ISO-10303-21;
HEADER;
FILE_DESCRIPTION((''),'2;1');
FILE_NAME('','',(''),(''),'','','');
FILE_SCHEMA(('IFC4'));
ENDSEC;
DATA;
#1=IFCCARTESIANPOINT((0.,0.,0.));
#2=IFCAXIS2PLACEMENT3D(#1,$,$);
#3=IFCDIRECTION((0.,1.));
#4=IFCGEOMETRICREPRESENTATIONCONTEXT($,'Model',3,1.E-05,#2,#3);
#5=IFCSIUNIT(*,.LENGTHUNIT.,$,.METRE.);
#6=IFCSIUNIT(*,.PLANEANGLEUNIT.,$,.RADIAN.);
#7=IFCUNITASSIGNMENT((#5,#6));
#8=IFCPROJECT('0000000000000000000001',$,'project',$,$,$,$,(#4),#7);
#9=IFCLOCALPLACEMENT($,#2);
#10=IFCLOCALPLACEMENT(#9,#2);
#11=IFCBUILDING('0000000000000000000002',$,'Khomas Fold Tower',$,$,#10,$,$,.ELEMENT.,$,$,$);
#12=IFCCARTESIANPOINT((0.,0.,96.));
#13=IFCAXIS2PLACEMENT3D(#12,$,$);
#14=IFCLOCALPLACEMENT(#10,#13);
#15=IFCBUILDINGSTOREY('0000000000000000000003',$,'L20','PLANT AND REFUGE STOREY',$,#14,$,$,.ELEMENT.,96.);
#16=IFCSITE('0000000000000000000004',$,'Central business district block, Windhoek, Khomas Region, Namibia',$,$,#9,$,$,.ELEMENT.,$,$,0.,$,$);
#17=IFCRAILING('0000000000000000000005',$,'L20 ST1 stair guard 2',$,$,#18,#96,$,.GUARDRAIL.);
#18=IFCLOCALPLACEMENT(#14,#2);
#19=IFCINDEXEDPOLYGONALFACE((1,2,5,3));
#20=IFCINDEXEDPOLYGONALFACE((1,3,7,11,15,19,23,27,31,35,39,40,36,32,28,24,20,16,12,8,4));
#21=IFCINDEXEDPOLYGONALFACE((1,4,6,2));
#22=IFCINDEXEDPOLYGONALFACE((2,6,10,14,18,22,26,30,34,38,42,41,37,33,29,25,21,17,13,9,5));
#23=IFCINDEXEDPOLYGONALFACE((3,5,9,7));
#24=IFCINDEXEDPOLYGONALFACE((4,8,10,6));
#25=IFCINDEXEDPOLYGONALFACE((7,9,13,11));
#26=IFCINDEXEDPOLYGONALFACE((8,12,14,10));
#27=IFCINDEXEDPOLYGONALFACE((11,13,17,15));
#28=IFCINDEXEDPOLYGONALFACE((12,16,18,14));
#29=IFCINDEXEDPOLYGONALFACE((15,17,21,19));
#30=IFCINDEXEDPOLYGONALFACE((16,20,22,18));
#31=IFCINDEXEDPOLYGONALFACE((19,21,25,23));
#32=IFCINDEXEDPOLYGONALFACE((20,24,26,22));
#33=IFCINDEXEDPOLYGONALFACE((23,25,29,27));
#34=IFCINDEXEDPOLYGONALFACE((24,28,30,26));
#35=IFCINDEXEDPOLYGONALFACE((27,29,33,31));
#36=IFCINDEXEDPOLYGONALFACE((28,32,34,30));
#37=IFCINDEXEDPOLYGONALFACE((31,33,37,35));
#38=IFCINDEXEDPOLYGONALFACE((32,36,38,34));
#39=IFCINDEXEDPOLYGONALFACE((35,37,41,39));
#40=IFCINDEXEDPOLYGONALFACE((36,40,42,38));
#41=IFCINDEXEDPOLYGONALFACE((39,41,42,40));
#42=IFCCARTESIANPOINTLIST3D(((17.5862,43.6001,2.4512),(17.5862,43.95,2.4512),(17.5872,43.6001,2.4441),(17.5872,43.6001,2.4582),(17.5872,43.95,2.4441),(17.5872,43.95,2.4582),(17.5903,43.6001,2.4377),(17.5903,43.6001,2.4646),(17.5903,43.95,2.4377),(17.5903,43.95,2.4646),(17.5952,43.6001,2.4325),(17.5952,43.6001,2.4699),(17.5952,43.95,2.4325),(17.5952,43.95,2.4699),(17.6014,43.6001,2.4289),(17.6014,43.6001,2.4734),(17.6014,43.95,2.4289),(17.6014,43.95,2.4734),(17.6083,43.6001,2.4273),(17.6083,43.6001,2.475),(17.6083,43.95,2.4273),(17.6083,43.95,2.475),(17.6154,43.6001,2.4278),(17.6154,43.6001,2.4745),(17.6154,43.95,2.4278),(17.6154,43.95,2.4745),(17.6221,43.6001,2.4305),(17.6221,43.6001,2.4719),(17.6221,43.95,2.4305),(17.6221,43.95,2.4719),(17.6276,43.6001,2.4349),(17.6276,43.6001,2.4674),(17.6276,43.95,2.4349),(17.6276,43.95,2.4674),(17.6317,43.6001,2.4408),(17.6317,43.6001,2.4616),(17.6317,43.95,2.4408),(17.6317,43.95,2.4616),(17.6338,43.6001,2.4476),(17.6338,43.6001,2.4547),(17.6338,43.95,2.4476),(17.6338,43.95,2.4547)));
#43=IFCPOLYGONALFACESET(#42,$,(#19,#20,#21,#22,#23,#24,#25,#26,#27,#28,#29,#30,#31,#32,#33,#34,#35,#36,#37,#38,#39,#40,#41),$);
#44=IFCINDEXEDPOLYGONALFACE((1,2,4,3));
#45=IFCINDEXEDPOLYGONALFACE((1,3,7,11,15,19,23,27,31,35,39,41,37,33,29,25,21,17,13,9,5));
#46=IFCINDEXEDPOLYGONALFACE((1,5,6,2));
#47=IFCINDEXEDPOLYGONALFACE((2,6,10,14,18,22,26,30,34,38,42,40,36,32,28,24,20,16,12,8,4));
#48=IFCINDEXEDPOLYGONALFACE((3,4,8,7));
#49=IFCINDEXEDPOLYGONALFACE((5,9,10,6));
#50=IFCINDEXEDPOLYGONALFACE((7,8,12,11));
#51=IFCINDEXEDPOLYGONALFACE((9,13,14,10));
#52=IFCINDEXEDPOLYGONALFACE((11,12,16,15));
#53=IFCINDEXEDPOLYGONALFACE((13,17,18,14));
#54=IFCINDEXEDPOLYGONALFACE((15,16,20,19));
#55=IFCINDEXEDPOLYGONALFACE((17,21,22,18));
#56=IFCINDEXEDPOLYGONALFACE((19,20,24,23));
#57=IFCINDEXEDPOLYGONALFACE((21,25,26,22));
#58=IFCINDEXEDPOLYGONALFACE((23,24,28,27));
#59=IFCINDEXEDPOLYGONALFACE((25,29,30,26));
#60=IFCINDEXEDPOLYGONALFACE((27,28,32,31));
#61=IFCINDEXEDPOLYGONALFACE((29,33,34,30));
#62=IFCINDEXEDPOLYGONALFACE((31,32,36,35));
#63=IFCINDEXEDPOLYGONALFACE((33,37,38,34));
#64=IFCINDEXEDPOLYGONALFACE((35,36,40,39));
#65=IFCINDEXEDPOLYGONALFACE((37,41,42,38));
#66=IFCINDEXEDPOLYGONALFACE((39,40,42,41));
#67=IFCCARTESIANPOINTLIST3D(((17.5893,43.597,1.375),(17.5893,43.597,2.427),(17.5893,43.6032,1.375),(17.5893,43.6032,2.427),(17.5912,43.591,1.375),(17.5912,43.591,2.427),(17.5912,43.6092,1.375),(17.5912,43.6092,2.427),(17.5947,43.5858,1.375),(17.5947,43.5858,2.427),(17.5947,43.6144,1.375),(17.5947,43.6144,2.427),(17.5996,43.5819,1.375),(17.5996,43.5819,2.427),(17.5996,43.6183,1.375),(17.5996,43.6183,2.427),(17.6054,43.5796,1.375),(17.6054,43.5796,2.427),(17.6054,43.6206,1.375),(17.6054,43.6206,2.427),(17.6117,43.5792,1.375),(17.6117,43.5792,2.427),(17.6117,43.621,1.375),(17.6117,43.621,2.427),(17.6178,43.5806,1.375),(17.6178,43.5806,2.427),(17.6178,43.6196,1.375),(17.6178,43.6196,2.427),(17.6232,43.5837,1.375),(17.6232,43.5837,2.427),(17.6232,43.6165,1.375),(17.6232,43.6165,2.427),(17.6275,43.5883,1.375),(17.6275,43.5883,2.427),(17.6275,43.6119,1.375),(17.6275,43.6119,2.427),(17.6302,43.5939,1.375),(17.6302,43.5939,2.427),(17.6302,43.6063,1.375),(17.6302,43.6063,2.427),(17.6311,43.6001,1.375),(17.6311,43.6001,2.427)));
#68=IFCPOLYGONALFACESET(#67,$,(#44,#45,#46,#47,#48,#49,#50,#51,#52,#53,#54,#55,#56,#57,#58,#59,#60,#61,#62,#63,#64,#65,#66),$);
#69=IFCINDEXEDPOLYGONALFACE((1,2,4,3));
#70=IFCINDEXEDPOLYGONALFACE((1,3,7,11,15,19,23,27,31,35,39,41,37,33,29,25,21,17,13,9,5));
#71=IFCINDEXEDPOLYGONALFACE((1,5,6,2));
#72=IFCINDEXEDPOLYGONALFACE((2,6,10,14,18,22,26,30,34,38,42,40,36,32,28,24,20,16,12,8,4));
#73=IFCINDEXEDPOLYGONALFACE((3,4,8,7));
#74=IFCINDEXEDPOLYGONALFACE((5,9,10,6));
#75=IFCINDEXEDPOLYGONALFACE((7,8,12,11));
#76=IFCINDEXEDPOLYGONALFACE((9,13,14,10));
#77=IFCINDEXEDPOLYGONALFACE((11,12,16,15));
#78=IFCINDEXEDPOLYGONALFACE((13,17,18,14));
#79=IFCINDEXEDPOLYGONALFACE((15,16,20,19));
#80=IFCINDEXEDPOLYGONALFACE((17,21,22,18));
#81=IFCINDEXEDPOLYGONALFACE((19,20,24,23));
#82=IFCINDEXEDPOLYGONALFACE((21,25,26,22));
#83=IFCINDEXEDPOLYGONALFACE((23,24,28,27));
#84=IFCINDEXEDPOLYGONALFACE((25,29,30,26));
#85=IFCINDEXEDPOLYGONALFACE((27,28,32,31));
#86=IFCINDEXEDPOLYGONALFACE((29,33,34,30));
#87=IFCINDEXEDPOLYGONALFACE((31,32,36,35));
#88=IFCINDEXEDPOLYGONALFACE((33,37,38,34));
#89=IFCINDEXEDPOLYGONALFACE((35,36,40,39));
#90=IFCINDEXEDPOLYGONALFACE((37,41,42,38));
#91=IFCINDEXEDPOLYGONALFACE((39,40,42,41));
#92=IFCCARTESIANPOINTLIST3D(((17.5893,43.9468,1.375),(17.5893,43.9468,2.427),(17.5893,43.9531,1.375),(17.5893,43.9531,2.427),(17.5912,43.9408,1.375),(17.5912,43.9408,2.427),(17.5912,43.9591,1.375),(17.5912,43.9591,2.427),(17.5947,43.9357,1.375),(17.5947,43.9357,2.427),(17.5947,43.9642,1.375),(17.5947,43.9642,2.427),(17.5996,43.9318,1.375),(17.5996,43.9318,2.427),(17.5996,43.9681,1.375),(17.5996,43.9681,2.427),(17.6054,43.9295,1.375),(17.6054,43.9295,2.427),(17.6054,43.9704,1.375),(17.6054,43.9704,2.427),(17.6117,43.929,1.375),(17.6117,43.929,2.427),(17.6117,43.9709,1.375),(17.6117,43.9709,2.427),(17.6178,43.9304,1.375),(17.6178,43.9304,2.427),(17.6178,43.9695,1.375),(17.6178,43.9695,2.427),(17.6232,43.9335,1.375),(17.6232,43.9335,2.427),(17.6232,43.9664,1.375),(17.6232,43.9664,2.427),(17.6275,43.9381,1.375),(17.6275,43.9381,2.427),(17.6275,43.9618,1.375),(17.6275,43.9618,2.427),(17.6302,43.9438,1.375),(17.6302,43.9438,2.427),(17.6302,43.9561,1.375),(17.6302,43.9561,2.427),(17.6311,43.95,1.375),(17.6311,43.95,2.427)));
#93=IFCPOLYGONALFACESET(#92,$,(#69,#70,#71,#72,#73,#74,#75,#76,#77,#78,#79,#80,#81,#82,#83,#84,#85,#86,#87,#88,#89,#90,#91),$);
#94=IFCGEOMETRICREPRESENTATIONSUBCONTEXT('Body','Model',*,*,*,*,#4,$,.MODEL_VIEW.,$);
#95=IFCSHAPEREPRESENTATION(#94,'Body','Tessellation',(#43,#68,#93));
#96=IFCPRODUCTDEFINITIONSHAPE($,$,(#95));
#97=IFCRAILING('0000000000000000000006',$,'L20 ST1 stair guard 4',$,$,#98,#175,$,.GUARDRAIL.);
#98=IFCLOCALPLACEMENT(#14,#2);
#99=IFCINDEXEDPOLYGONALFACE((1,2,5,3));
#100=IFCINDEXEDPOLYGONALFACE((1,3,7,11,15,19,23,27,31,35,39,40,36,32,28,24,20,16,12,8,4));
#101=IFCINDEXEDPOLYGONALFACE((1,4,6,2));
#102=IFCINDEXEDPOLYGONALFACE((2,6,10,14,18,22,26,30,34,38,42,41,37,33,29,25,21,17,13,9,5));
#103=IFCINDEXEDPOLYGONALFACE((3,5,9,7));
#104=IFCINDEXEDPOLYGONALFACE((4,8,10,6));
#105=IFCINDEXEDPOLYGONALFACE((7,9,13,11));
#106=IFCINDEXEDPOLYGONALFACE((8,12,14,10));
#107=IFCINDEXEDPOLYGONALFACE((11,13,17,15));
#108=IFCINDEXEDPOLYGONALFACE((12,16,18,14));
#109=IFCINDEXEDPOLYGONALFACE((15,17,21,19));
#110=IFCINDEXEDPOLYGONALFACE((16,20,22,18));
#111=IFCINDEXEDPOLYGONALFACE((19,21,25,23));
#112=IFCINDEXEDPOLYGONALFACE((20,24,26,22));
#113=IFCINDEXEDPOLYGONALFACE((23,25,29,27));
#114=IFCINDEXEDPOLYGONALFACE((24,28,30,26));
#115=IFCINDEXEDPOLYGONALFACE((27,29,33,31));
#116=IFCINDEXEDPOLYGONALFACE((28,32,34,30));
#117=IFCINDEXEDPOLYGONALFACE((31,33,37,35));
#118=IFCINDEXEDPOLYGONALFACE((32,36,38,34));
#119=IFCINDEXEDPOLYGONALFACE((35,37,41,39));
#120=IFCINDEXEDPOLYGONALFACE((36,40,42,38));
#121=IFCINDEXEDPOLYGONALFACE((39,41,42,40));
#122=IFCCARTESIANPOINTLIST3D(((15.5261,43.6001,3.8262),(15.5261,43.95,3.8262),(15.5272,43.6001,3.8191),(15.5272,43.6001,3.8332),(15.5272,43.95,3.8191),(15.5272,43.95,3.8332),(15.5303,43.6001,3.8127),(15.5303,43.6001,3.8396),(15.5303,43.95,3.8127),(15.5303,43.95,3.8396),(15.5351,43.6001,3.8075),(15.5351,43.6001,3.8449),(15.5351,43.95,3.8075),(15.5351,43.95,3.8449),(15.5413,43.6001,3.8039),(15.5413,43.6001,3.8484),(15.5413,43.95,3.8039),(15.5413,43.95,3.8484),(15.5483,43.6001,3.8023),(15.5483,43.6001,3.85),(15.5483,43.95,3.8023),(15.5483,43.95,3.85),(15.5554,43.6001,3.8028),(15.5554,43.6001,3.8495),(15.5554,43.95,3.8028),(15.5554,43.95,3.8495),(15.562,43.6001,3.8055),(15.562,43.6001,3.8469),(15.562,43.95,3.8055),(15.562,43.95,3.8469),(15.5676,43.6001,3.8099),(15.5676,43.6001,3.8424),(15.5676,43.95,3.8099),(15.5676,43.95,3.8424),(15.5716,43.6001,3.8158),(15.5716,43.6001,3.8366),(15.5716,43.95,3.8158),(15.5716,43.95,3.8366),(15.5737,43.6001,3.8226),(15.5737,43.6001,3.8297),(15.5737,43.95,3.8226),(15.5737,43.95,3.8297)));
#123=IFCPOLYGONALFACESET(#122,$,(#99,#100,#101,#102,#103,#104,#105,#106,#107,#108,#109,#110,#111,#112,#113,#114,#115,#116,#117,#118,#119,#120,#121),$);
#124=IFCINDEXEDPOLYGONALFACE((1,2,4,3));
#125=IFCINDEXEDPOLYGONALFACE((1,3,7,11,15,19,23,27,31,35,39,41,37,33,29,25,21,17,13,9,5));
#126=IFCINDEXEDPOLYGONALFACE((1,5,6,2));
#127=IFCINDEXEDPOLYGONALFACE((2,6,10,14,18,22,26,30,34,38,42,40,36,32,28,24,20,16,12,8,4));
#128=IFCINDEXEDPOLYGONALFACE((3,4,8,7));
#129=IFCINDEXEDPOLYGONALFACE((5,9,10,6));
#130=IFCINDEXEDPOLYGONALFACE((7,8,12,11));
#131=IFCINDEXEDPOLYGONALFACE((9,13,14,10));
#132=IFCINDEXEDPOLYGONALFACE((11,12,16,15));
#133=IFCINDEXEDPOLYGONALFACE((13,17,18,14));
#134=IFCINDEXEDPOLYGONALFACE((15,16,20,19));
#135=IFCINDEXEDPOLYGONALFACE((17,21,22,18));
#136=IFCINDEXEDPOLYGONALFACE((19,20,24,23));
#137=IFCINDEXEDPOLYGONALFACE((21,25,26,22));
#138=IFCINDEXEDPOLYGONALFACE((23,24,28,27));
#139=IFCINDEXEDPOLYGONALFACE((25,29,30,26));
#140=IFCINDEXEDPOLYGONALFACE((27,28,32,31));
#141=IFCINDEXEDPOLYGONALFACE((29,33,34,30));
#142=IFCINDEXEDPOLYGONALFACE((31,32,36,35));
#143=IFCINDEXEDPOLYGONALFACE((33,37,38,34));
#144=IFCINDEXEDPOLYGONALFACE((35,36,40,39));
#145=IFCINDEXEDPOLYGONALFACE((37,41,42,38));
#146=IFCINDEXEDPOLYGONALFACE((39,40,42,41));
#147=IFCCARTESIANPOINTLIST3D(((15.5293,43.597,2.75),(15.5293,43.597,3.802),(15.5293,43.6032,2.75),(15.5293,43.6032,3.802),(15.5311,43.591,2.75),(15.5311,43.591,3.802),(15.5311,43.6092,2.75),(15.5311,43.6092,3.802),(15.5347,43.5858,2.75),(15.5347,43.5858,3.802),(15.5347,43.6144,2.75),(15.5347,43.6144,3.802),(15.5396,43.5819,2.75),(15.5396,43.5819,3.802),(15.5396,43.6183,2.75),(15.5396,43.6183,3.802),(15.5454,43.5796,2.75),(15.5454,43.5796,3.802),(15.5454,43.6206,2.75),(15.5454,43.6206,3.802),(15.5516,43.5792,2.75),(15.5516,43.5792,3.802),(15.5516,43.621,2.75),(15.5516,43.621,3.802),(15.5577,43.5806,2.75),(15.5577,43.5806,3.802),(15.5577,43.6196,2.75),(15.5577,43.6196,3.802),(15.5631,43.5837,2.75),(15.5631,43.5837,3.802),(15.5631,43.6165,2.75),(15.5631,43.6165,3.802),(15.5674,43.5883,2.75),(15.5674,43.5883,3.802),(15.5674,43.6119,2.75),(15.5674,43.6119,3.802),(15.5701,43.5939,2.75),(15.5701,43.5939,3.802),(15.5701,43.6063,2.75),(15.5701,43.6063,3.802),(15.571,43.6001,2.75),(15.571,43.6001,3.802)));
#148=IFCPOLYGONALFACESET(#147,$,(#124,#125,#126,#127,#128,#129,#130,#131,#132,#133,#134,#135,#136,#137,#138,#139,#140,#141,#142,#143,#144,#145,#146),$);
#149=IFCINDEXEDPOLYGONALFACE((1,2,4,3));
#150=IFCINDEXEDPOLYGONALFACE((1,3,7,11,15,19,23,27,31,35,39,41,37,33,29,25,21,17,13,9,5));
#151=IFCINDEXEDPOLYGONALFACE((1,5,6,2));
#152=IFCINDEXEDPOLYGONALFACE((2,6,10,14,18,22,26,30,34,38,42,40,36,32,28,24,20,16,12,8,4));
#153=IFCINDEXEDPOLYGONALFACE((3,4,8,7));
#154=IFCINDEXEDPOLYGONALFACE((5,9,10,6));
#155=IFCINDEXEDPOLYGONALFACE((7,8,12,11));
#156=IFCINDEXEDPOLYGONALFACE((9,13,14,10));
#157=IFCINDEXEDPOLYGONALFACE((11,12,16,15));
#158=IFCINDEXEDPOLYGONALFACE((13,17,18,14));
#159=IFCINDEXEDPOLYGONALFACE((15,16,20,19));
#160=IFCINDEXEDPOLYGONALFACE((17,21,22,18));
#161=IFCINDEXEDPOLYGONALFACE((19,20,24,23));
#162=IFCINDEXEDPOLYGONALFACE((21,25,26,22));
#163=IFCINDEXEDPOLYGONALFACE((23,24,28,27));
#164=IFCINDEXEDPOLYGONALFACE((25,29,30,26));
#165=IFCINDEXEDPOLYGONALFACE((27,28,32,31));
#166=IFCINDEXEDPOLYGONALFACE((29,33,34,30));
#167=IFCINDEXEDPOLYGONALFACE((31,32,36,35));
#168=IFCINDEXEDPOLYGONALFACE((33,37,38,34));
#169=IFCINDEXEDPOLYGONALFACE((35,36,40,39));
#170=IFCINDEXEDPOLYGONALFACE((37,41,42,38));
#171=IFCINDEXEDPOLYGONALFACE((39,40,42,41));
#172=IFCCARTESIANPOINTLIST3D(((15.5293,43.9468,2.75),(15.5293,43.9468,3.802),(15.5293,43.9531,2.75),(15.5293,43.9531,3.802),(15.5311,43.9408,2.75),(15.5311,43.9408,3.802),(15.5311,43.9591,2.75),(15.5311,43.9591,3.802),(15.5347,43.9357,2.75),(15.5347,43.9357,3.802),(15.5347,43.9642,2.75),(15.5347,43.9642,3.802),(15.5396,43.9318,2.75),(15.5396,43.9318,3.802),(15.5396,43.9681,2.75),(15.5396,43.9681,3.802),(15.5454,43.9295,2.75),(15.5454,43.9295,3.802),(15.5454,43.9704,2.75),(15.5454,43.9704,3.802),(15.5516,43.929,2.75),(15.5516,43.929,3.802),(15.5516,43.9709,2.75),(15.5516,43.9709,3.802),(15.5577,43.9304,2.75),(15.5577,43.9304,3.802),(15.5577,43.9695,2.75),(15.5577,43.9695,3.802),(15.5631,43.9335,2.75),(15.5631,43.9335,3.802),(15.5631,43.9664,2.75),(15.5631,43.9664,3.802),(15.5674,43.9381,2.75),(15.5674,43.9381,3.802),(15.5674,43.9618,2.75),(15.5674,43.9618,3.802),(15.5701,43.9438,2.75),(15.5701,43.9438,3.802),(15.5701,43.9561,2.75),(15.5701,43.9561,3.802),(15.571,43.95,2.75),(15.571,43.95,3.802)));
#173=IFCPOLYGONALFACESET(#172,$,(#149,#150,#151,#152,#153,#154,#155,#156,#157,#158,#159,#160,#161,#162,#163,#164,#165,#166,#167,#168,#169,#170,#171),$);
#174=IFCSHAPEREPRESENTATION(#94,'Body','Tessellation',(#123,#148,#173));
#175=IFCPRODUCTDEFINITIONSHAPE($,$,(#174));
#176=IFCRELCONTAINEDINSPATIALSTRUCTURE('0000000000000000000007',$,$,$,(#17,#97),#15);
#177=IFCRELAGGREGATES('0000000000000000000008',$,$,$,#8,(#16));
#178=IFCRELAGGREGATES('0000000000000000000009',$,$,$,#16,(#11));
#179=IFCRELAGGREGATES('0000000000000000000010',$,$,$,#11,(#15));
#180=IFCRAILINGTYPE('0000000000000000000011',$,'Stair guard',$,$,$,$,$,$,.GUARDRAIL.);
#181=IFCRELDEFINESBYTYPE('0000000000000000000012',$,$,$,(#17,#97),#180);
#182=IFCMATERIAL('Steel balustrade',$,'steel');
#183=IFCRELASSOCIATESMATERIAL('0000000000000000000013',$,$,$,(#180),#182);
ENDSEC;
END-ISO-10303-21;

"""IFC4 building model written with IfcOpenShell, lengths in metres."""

from ifc_helpers import new_model, si_unit, direction, frame, origin, origin_2d, place, context, subcontext, project, spatial, circle, extrude, source, transform, mapped, material, type_object, element, save


model = new_model("IFC4")

# Units and contexts
model_context = context("Model", 3, precision=1e-05, world=origin(), true_north=direction((0.0, 1.0)))
body_context = subcontext(model_context, "Body", "Model", "MODEL_VIEW")
ifc_project = project(units=[si_unit("LENGTHUNIT", "METRE"), si_unit("PLANEANGLEUNIT", "RADIAN")], contexts=[model_context])

# Site, building, storey
site_placement = place(None, origin())
site = spatial("IfcSite", under=ifc_project, at=site_placement, Name="Central business district block, Windhoek, Khomas Region, Namibia", CompositionType="ELEMENT", RefElevation=0.0)
building_placement = place(site_placement, origin())
building = spatial("IfcBuilding", under=site, at=building_placement, Name="Khomas Fold Tower", CompositionType="ELEMENT")
storey_placement = place(building_placement, frame((0.0, 0.0, 96.0)))
storey = spatial("IfcBuildingStorey", under=building, at=storey_placement, Name="L20", Description="PLANT AND REFUGE STOREY", CompositionType="ELEMENT", Elevation=96.0)

# Railings
ifc_material_1 = material(Name="Steel balustrade", Category="steel")
railing_type_1 = type_object("IfcRailingType", Name="Stair guard", PredefinedType="GUARDRAIL", material=ifc_material_1)
shared_shape_1 = source(origin(), body_context, "Body", "SweptSolid", [
    extrude(circle(Radius=0.0239, at=origin_2d()), frame((0.0, 0.0, 1.0762), z_axis=(0.0, 1.0, 0.0), x_axis=(-1.0, 0.0, 0.0)), (0.0, 0.0, 1.0), 0.3499),
    extrude(circle(Radius=0.021, at=origin_2d()), origin(), (0.0, 0.0, 1.0), 1.052),
    extrude(circle(Radius=0.021, at=origin_2d()), frame((0.0, 0.3499, 0.0)), (0.0, 0.0, 1.0), 1.052),
])
for number, where, name in (
    (1, (17.6101, 43.6001, 1.375), "L20 ST1 stair guard 2"),
    (2, (15.55, 43.6001, 2.75), "L20 ST1 stair guard 4"),
):
    element("IfcRailing", number, at=place(storey_placement, frame(where)), inside=storey, type_object=railing_type_1, Name=name, PredefinedType="GUARDRAIL", context=body_context, shape_type="MappedRepresentation", body=[
        mapped(shared_shape_1, transform((0.0, 0.0, 0.0))),
    ])

save(model, "model.ifc")
